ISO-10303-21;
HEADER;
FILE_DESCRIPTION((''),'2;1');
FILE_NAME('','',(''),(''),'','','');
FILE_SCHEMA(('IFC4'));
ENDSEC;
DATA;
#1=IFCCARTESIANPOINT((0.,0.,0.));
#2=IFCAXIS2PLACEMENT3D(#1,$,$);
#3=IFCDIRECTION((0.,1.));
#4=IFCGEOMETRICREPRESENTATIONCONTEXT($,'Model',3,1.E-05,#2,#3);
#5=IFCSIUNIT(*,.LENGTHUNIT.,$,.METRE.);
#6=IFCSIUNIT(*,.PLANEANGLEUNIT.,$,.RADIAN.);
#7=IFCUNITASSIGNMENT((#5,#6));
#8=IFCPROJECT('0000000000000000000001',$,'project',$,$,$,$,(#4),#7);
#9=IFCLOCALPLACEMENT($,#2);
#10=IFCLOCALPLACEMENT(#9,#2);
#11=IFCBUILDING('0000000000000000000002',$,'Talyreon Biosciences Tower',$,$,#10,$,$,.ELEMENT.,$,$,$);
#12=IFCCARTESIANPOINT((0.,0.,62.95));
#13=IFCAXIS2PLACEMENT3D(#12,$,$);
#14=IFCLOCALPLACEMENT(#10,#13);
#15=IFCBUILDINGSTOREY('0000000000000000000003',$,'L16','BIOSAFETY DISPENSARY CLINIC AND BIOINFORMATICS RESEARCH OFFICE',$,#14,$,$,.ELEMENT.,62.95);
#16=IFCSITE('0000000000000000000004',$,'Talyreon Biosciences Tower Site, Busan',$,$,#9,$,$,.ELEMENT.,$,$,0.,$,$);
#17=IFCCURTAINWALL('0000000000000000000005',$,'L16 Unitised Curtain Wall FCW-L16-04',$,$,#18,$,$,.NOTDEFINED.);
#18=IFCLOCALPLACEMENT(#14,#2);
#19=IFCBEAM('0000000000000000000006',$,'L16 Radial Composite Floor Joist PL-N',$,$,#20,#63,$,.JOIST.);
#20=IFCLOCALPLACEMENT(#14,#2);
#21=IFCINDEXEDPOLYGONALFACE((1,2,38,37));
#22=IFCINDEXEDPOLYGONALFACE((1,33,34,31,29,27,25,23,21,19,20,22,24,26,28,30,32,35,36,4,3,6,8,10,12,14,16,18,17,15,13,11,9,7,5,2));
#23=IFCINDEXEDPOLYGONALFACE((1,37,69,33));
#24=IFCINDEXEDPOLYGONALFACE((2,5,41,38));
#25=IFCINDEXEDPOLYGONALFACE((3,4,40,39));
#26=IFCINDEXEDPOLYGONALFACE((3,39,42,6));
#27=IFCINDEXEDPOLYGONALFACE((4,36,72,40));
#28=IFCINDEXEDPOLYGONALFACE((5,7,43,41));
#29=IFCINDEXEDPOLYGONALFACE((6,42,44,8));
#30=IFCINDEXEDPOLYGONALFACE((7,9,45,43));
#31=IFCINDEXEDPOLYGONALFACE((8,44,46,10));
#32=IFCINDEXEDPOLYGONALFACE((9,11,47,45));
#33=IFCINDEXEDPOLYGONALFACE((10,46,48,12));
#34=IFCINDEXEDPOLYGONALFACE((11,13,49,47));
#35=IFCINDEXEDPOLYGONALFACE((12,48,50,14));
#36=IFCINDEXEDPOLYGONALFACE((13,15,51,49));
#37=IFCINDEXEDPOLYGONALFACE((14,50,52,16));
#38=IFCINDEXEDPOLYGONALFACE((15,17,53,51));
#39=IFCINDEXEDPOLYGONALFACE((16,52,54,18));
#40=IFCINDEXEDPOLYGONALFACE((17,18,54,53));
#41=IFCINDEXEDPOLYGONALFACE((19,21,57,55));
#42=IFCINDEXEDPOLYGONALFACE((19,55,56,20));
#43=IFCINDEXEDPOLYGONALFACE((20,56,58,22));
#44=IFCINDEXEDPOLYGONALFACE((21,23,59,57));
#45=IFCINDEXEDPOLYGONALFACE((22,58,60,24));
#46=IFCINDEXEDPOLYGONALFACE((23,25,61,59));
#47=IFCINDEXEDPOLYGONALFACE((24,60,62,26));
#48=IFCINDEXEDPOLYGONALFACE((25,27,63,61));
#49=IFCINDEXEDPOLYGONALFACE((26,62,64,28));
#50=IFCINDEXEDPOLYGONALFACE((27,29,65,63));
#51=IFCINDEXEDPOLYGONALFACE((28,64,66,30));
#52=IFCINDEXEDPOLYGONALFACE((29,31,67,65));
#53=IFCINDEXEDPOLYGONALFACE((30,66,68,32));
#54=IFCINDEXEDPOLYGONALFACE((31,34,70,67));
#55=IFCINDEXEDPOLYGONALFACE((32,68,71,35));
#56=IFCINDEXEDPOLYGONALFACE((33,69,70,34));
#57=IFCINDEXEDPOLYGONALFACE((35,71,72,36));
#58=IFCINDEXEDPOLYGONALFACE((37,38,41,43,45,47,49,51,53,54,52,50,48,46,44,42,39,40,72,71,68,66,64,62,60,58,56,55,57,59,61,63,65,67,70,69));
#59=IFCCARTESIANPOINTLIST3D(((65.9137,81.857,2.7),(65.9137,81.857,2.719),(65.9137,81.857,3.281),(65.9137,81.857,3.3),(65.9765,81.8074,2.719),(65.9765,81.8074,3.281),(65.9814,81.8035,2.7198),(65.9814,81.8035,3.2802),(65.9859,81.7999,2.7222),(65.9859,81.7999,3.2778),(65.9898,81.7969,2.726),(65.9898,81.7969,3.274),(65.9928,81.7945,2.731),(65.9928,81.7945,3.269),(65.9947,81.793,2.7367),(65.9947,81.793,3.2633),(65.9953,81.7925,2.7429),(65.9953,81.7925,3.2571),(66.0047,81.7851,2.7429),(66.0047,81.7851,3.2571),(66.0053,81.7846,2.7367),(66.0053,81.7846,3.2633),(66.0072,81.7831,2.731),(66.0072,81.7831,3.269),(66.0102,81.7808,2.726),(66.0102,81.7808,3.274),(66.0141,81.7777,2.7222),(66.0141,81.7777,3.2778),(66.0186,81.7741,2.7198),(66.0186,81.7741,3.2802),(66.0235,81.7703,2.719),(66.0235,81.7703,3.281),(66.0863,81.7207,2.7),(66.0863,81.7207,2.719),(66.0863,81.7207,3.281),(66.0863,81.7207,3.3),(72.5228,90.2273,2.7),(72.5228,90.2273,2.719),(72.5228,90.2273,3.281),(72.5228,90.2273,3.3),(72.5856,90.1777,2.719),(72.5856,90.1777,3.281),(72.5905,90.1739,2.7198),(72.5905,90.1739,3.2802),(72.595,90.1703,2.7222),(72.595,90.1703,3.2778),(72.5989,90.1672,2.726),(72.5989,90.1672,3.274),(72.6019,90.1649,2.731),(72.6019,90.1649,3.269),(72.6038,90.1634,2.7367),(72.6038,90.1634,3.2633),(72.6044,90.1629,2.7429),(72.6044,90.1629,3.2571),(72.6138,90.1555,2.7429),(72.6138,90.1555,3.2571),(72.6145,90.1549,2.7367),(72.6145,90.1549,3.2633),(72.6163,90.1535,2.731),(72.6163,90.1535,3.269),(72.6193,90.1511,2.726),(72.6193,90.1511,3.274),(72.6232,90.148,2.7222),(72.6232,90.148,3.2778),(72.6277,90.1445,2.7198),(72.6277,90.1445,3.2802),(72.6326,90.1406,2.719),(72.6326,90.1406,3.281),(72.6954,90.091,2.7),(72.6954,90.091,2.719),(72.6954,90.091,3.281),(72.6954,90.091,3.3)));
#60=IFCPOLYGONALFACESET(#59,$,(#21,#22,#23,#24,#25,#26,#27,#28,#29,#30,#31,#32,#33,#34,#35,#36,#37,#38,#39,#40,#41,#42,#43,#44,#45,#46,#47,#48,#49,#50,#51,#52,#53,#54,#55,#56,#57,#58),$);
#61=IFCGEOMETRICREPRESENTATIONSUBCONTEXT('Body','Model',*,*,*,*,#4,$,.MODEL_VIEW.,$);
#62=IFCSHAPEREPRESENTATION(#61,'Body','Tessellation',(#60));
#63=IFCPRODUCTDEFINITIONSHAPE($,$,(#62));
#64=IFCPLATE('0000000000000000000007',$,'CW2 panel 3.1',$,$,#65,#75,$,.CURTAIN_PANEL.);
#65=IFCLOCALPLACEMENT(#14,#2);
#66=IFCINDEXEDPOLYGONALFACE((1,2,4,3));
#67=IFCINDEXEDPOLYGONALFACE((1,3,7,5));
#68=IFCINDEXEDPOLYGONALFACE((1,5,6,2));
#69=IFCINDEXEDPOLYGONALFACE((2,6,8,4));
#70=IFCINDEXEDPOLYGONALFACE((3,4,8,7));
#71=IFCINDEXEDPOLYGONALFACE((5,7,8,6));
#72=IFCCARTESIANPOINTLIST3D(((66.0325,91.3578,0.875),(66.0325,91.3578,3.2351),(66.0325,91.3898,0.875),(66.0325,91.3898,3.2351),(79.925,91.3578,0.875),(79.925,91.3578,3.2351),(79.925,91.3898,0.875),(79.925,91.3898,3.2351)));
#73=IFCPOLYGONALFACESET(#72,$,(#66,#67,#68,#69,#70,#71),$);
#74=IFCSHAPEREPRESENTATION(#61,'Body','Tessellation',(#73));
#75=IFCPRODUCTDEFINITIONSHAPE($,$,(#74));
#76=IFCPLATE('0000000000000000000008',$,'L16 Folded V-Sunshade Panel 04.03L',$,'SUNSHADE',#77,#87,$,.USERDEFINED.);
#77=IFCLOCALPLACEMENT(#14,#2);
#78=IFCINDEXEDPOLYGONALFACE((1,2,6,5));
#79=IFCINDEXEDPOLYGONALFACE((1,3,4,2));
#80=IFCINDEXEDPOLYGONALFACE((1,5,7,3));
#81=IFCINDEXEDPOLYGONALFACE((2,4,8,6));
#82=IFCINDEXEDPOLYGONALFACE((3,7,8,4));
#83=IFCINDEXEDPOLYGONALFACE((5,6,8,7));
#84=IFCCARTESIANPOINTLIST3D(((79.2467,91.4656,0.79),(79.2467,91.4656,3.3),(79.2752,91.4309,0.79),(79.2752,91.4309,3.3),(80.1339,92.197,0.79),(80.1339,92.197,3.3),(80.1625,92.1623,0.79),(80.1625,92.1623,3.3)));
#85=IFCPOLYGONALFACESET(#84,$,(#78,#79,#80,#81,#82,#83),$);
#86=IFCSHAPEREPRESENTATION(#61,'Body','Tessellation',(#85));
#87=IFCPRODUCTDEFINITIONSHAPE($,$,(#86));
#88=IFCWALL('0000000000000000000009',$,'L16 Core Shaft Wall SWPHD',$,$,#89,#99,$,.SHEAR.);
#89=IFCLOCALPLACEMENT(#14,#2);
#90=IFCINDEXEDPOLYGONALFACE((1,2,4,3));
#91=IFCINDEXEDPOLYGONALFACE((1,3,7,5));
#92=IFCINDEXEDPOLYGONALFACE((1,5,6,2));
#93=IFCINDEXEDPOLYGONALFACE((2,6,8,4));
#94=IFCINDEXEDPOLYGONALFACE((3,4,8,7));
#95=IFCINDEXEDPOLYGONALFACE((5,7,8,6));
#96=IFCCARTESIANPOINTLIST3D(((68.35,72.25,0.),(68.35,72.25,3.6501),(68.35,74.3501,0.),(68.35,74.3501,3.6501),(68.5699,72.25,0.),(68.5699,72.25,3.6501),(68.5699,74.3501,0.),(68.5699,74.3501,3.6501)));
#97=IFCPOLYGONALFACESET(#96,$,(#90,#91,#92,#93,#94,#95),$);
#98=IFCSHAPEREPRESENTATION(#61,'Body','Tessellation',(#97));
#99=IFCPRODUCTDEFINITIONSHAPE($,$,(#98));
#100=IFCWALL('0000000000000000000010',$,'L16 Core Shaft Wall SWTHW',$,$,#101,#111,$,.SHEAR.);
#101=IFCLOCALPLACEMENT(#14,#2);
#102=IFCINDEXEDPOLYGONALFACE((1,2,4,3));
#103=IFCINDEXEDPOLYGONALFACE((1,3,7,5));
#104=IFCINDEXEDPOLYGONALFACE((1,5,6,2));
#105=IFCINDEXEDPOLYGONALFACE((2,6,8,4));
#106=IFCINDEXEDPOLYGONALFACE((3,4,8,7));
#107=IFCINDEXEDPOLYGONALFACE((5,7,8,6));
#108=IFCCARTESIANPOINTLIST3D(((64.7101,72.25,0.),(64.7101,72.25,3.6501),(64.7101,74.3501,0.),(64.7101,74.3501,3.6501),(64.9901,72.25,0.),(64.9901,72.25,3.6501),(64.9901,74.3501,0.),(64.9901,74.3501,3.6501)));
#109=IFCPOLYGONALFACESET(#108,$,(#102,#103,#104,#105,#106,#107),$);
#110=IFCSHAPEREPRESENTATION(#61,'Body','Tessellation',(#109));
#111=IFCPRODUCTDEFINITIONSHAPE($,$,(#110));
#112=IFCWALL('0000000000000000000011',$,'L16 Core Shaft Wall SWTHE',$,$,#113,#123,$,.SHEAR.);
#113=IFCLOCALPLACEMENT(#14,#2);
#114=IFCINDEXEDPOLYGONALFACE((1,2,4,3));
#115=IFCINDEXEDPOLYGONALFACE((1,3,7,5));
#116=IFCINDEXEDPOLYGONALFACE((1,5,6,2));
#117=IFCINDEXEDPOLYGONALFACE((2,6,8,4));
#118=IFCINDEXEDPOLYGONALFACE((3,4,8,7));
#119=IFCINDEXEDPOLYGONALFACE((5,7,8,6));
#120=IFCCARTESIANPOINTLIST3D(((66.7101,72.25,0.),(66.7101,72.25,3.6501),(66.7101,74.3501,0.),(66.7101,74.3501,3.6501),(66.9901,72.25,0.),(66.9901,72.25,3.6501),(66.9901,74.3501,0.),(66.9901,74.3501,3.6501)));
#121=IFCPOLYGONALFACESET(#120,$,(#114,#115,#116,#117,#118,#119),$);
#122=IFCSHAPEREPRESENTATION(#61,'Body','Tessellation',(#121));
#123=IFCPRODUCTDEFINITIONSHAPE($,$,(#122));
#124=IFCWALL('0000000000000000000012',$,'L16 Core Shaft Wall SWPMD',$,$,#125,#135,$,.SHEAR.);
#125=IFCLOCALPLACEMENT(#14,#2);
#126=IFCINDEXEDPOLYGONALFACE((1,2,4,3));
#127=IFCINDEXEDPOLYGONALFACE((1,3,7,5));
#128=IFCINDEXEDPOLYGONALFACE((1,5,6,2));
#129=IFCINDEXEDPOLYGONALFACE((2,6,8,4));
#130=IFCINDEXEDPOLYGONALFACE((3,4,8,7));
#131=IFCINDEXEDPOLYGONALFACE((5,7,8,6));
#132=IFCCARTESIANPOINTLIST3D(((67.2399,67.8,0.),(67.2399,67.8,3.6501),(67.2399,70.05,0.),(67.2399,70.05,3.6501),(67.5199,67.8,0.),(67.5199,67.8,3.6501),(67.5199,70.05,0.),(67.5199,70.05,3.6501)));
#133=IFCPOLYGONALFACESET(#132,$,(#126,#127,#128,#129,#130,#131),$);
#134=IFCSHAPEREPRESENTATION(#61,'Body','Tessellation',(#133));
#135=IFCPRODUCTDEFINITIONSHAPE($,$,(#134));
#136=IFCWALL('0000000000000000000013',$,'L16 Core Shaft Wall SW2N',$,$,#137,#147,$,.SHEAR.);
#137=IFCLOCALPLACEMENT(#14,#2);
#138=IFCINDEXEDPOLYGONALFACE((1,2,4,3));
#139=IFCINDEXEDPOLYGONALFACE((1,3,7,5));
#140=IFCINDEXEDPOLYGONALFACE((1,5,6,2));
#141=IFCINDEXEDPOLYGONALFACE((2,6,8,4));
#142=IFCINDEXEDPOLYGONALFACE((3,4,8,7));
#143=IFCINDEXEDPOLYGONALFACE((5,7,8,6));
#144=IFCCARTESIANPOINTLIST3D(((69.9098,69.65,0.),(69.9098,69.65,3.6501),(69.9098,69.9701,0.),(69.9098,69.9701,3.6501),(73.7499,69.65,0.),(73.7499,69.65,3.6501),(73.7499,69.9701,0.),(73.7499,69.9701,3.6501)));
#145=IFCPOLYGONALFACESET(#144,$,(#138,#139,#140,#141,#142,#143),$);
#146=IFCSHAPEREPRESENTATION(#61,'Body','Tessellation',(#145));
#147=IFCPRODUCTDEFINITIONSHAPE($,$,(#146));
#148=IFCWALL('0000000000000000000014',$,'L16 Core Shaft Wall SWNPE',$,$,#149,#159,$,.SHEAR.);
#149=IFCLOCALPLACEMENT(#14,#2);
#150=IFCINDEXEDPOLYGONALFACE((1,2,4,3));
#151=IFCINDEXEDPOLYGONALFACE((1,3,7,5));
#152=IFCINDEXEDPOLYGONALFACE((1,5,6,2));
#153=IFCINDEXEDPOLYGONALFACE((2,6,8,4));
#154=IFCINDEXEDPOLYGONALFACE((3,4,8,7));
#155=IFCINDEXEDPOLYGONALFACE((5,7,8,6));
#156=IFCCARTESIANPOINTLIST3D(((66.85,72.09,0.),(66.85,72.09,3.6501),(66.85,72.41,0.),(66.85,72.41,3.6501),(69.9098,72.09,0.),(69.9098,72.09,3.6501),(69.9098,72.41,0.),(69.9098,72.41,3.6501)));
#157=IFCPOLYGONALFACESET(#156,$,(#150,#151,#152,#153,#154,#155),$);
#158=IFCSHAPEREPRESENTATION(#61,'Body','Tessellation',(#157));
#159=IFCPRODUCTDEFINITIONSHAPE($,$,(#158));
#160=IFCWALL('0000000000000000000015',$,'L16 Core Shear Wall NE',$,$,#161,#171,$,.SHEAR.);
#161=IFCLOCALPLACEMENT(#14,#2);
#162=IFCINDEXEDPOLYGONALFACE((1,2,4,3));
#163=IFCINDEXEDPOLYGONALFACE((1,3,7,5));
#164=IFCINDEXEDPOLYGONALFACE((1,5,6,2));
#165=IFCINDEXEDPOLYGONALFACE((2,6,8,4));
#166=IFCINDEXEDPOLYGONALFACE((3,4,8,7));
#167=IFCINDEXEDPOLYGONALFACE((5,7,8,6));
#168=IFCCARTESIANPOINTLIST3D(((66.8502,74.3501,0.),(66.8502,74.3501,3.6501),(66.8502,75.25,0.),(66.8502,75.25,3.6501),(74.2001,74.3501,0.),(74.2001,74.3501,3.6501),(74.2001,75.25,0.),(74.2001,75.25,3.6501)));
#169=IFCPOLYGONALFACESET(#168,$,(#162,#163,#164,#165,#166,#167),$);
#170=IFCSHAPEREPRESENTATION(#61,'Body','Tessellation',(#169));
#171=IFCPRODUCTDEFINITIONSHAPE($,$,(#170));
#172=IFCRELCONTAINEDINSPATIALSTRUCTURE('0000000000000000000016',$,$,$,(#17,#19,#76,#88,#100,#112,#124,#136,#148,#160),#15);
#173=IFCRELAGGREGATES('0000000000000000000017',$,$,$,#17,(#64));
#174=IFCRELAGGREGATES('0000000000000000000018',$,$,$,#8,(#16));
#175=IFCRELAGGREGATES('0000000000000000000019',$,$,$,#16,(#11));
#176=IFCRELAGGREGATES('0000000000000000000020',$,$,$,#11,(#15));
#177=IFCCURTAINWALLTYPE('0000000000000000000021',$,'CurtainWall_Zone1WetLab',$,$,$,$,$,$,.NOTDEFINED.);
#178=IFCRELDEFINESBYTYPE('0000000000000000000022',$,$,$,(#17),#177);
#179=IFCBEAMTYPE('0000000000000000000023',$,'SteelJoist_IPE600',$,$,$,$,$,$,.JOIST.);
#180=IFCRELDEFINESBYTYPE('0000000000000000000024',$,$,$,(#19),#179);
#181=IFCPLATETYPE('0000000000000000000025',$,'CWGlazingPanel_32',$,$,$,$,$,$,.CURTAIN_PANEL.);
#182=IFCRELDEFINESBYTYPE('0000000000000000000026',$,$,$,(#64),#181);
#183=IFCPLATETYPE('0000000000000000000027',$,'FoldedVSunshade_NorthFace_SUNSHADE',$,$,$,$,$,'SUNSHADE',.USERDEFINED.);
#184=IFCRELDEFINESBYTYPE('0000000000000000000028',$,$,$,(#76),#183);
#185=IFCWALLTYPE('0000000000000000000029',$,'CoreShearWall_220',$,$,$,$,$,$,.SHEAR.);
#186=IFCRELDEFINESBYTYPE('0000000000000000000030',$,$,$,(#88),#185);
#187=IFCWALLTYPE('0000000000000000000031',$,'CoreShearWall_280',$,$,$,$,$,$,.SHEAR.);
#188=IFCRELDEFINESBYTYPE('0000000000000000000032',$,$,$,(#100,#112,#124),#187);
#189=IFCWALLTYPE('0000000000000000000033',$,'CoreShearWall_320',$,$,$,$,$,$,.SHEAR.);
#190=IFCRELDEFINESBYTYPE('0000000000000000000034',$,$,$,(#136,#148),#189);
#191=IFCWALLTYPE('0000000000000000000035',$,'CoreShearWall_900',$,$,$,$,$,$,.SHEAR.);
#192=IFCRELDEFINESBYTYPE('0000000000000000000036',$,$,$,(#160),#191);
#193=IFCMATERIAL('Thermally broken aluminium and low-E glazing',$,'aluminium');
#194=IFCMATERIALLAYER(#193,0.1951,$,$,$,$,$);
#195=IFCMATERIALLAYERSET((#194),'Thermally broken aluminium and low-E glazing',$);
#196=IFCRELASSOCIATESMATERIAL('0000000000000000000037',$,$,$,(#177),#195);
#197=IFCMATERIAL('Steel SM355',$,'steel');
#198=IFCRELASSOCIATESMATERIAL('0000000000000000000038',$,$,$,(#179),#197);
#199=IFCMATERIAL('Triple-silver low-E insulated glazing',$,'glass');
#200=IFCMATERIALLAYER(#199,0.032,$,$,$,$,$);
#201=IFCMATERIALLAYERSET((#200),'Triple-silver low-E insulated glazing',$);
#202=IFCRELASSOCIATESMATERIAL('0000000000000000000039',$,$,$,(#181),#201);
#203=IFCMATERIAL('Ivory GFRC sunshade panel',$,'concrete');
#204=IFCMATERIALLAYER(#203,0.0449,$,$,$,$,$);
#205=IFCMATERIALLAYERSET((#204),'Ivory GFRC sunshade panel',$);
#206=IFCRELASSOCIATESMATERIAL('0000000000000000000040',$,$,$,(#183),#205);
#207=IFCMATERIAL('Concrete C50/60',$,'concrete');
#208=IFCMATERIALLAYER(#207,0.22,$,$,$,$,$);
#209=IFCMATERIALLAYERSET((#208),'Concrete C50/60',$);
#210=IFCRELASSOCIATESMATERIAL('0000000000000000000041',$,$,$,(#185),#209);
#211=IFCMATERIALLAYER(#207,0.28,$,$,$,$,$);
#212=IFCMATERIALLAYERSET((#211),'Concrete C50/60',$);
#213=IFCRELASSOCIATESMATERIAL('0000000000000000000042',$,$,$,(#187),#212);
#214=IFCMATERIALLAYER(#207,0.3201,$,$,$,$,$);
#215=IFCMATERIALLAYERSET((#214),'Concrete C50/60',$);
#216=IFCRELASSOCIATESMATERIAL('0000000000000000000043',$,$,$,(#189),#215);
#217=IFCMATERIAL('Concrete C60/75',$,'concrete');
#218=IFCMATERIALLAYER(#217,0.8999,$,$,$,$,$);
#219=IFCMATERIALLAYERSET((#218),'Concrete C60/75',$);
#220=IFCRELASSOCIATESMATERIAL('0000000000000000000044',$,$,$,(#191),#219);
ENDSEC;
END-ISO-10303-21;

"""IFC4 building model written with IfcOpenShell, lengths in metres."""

from ifc_helpers import new_model, si_unit, direction, frame, frame_2d, origin, origin_2d, place, context, subcontext, project, spatial, rectangle, i_section, extrude, material, layer, layer_set, material_profile, profile_set, type_object, element, aggregate, save


model = new_model("IFC4")

# Units and contexts
model_context = context("Model", 3, precision=1e-05, world=origin(), true_north=direction((0.0, 1.0)))
body_context = subcontext(model_context, "Body", "Model", "MODEL_VIEW")
ifc_project = project(units=[si_unit("LENGTHUNIT", "METRE"), si_unit("PLANEANGLEUNIT", "RADIAN")], contexts=[model_context])

# Site, building, storey
site_placement = place(None, origin())
site = spatial("IfcSite", under=ifc_project, at=site_placement, Name="Talyreon Biosciences Tower Site, Busan", CompositionType="ELEMENT", RefElevation=0.0)
building_placement = place(site_placement, origin())
building = spatial("IfcBuilding", under=site, at=building_placement, Name="Talyreon Biosciences Tower", CompositionType="ELEMENT")
storey_placement = place(building_placement, frame((0.0, 0.0, 62.95)))
storey = spatial("IfcBuildingStorey", under=building, at=storey_placement, Name="L16", Description="BIOSAFETY DISPENSARY CLINIC AND BIOINFORMATICS RESEARCH OFFICE", CompositionType="ELEMENT", Elevation=62.95)

# Shared definitions
ifc_material_1 = material(Name="Concrete C60/75", Category="concrete")

# Curtain wall
ifc_material_2 = material(Name="Thermally broken aluminium and low-E glazing", Category="aluminium")
ifc_layer_1 = layer(ifc_material_2, 0.1951)
ifc_layer_set_1 = layer_set([ifc_layer_1], Name="Thermally broken aluminium and low-E glazing")
curtain_wall_type = type_object("IfcCurtainWallType", Name="CurtainWall_Zone1WetLab", PredefinedType="NOTDEFINED", material=ifc_layer_set_1)
curtain_wall_placement = place(storey_placement, origin())
curtain_wall = element("IfcCurtainWall", 1, at=curtain_wall_placement, inside=storey, type_object=curtain_wall_type, Name="L16 Unitised Curtain Wall FCW-L16-04", PredefinedType="NOTDEFINED")

# Beam
ifc_material_3 = material(Name="Steel SM355", Category="steel")
ifc_material_profile_1 = material_profile(ifc_material_3, i_section(OverallWidth=0.22, OverallDepth=0.6001, WebThickness=0.012, FlangeThickness=0.019, FilletRadius=0.0239, at=origin_2d()), Name="IPE600")
ifc_profile_set_1 = profile_set([ifc_material_profile_1], Name="Steel SM355")
beam_type_1 = type_object("IfcBeamType", Name="SteelJoist_IPE600", PredefinedType="JOIST", material=ifc_profile_set_1)
beam_1_placement = place(storey_placement, frame((66.0, 81.7888, 3.0), z_axis=(0.619699, 0.784839, 0.0), x_axis=(-0.784839, 0.619699, 0.0)))
element("IfcBeam", 2, at=beam_1_placement, inside=storey, type_object=beam_type_1, Name="L16 Radial Composite Floor Joist PL-N", PredefinedType="JOIST", context=body_context, shape_type="SweptSolid", body=[
    extrude(i_section(OverallWidth=0.22, OverallDepth=0.6001, WebThickness=0.012, FlangeThickness=0.019, FilletRadius=0.0239, at=origin_2d()), origin(), (0.0, 0.0, 1.0), 10.665),
])

# Plates
ifc_material_4 = material(Name="Triple-silver low-E insulated glazing", Category="glass")
ifc_layer_2 = layer(ifc_material_4, 0.032)
ifc_layer_set_2 = layer_set([ifc_layer_2], Name="Triple-silver low-E insulated glazing")
plate_type_1 = type_object("IfcPlateType", Name="CWGlazingPanel_32", PredefinedType="CURTAIN_PANEL", material=ifc_layer_set_2)
plate_1_placement = place(storey_placement, frame((72.9788, 91.3738, 0.875), z_axis=(0.0, 0.0, 1.0), x_axis=(1.0, 0.0, 0.0)))
plate_1 = element("IfcPlate", 3, at=plate_1_placement, type_object=plate_type_1, Name="CW2 panel 3.1", PredefinedType="CURTAIN_PANEL", context=body_context, shape_type="SweptSolid", body=[
    extrude(rectangle(XDim=13.8926, YDim=0.032, at=origin_2d()), origin(), (0.0, 0.0, 1.0), 2.3601),
])
aggregate(curtain_wall, [plate_1])
ifc_material_5 = material(Name="Ivory GFRC sunshade panel", Category="concrete")
ifc_layer_3 = layer(ifc_material_5, 0.0449)
ifc_layer_set_3 = layer_set([ifc_layer_3], Name="Ivory GFRC sunshade panel")
plate_type_2 = type_object("IfcPlateType", Name="FoldedVSunshade_NorthFace_SUNSHADE", ElementType="SUNSHADE", PredefinedType="USERDEFINED", material=ifc_layer_set_3)
plate_2_placement = place(storey_placement, frame((79.7046, 91.814, 0.79), z_axis=(0.0, 0.0, 1.0), x_axis=(0.771625, 0.636078, 0.0)))
element("IfcPlate", 4, at=plate_2_placement, inside=storey, type_object=plate_type_2, Name="L16 Folded V-Sunshade Panel 04.03L", ObjectType="SUNSHADE", PredefinedType="USERDEFINED", context=body_context, shape_type="SweptSolid", body=[
    extrude(rectangle(XDim=1.1499, YDim=0.0449, at=origin_2d()), origin(), (0.0, 0.0, 1.0), 2.51),
])

# Walls
ifc_material_6 = material(Name="Concrete C50/60", Category="concrete")
ifc_layer_4 = layer(ifc_material_6, 0.22)
ifc_layer_set_4 = layer_set([ifc_layer_4], Name="Concrete C50/60")
wall_type_1 = type_object("IfcWallType", Name="CoreShearWall_220", PredefinedType="SHEAR", material=ifc_layer_set_4)
wall_1_placement = place(storey_placement, frame((68.46, 72.25, 0.0), z_axis=(0.0, 0.0, 1.0), x_axis=(0.0, 1.0, 0.0)))
element("IfcWall", 5, at=wall_1_placement, inside=storey, type_object=wall_type_1, Name="L16 Core Shaft Wall SWPHD", PredefinedType="SHEAR", context=body_context, shape_type="SweptSolid", body=[
    extrude(rectangle(XDim=2.1001, YDim=0.22, at=frame_2d((1.05, 0.0))), origin(), (0.0, 0.0, 1.0), 3.6501),
])
ifc_layer_5 = layer(ifc_material_6, 0.28)
ifc_layer_set_5 = layer_set([ifc_layer_5], Name="Concrete C50/60")
wall_type_2 = type_object("IfcWallType", Name="CoreShearWall_280", PredefinedType="SHEAR", material=ifc_layer_set_5)
for number, where, z_axis, x_axis, name in (
    (6, (64.8501, 72.25, 0.0), (0.0, 0.0, 1.0), (0.0, 1.0, 0.0), "L16 Core Shaft Wall SWTHW"),
    (7, (66.8501, 72.25, 0.0), (0.0, 0.0, 1.0), (0.0, 1.0, 0.0), "L16 Core Shaft Wall SWTHE"),
):
    element("IfcWall", number, at=place(storey_placement, frame(where, z_axis=z_axis, x_axis=x_axis)), inside=storey, type_object=wall_type_2, Name=name, PredefinedType="SHEAR", context=body_context, shape_type="SweptSolid", body=[
        extrude(rectangle(XDim=2.1001, YDim=0.28, at=frame_2d((1.05, 0.0))), origin(), (0.0, 0.0, 1.0), 3.6501),
    ])
wall_2_placement = place(storey_placement, frame((67.3799, 67.8, 0.0), z_axis=(0.0, 0.0, 1.0), x_axis=(0.0, 1.0, 0.0)))
element("IfcWall", 8, at=wall_2_placement, inside=storey, type_object=wall_type_2, Name="L16 Core Shaft Wall SWPMD", PredefinedType="SHEAR", context=body_context, shape_type="SweptSolid", body=[
    extrude(rectangle(XDim=2.25, YDim=0.28, at=frame_2d((1.125, 0.0))), origin(), (0.0, 0.0, 1.0), 3.6501),
])
ifc_layer_6 = layer(ifc_material_6, 0.3201)
ifc_layer_set_6 = layer_set([ifc_layer_6], Name="Concrete C50/60")
wall_type_3 = type_object("IfcWallType", Name="CoreShearWall_320", PredefinedType="SHEAR", material=ifc_layer_set_6)
wall_3_placement = place(storey_placement, frame((69.9099, 69.8101, 0.0), z_axis=(0.0, 0.0, 1.0), x_axis=(1.0, 0.0, 0.0)))
element("IfcWall", 9, at=wall_3_placement, inside=storey, type_object=wall_type_3, Name="L16 Core Shaft Wall SW2N", PredefinedType="SHEAR", context=body_context, shape_type="SweptSolid", body=[
    extrude(rectangle(XDim=3.8401, YDim=0.3201, at=frame_2d((1.9199, 0.0))), origin(), (0.0, 0.0, 1.0), 3.6501),
])
wall_4_placement = place(storey_placement, frame((66.8501, 72.25, 0.0), z_axis=(0.0, 0.0, 1.0), x_axis=(1.0, 0.0, 0.0)))
element("IfcWall", 10, at=wall_4_placement, inside=storey, type_object=wall_type_3, Name="L16 Core Shaft Wall SWNPE", PredefinedType="SHEAR", context=body_context, shape_type="SweptSolid", body=[
    extrude(rectangle(XDim=3.0598, YDim=0.3201, at=frame_2d((1.5298, 0.0))), origin(), (0.0, 0.0, 1.0), 3.6501),
])
ifc_layer_7 = layer(ifc_material_1, 0.8999)
ifc_layer_set_7 = layer_set([ifc_layer_7], Name="Concrete C60/75")
wall_type_4 = type_object("IfcWallType", Name="CoreShearWall_900", PredefinedType="SHEAR", material=ifc_layer_set_7)
wall_5_placement = place(storey_placement, frame((74.2, 74.8, 0.0), z_axis=(0.0, 0.0, 1.0), x_axis=(-1.0, 0.0, 0.0)))
element("IfcWall", 11, at=wall_5_placement, inside=storey, type_object=wall_type_4, Name="L16 Core Shear Wall NE", PredefinedType="SHEAR", context=body_context, shape_type="SweptSolid", body=[
    extrude(rectangle(XDim=7.3499, YDim=0.8999, at=frame_2d((3.6748, 0.0))), origin(), (0.0, 0.0, 1.0), 3.6501),
])

save(model, "model.ifc")
